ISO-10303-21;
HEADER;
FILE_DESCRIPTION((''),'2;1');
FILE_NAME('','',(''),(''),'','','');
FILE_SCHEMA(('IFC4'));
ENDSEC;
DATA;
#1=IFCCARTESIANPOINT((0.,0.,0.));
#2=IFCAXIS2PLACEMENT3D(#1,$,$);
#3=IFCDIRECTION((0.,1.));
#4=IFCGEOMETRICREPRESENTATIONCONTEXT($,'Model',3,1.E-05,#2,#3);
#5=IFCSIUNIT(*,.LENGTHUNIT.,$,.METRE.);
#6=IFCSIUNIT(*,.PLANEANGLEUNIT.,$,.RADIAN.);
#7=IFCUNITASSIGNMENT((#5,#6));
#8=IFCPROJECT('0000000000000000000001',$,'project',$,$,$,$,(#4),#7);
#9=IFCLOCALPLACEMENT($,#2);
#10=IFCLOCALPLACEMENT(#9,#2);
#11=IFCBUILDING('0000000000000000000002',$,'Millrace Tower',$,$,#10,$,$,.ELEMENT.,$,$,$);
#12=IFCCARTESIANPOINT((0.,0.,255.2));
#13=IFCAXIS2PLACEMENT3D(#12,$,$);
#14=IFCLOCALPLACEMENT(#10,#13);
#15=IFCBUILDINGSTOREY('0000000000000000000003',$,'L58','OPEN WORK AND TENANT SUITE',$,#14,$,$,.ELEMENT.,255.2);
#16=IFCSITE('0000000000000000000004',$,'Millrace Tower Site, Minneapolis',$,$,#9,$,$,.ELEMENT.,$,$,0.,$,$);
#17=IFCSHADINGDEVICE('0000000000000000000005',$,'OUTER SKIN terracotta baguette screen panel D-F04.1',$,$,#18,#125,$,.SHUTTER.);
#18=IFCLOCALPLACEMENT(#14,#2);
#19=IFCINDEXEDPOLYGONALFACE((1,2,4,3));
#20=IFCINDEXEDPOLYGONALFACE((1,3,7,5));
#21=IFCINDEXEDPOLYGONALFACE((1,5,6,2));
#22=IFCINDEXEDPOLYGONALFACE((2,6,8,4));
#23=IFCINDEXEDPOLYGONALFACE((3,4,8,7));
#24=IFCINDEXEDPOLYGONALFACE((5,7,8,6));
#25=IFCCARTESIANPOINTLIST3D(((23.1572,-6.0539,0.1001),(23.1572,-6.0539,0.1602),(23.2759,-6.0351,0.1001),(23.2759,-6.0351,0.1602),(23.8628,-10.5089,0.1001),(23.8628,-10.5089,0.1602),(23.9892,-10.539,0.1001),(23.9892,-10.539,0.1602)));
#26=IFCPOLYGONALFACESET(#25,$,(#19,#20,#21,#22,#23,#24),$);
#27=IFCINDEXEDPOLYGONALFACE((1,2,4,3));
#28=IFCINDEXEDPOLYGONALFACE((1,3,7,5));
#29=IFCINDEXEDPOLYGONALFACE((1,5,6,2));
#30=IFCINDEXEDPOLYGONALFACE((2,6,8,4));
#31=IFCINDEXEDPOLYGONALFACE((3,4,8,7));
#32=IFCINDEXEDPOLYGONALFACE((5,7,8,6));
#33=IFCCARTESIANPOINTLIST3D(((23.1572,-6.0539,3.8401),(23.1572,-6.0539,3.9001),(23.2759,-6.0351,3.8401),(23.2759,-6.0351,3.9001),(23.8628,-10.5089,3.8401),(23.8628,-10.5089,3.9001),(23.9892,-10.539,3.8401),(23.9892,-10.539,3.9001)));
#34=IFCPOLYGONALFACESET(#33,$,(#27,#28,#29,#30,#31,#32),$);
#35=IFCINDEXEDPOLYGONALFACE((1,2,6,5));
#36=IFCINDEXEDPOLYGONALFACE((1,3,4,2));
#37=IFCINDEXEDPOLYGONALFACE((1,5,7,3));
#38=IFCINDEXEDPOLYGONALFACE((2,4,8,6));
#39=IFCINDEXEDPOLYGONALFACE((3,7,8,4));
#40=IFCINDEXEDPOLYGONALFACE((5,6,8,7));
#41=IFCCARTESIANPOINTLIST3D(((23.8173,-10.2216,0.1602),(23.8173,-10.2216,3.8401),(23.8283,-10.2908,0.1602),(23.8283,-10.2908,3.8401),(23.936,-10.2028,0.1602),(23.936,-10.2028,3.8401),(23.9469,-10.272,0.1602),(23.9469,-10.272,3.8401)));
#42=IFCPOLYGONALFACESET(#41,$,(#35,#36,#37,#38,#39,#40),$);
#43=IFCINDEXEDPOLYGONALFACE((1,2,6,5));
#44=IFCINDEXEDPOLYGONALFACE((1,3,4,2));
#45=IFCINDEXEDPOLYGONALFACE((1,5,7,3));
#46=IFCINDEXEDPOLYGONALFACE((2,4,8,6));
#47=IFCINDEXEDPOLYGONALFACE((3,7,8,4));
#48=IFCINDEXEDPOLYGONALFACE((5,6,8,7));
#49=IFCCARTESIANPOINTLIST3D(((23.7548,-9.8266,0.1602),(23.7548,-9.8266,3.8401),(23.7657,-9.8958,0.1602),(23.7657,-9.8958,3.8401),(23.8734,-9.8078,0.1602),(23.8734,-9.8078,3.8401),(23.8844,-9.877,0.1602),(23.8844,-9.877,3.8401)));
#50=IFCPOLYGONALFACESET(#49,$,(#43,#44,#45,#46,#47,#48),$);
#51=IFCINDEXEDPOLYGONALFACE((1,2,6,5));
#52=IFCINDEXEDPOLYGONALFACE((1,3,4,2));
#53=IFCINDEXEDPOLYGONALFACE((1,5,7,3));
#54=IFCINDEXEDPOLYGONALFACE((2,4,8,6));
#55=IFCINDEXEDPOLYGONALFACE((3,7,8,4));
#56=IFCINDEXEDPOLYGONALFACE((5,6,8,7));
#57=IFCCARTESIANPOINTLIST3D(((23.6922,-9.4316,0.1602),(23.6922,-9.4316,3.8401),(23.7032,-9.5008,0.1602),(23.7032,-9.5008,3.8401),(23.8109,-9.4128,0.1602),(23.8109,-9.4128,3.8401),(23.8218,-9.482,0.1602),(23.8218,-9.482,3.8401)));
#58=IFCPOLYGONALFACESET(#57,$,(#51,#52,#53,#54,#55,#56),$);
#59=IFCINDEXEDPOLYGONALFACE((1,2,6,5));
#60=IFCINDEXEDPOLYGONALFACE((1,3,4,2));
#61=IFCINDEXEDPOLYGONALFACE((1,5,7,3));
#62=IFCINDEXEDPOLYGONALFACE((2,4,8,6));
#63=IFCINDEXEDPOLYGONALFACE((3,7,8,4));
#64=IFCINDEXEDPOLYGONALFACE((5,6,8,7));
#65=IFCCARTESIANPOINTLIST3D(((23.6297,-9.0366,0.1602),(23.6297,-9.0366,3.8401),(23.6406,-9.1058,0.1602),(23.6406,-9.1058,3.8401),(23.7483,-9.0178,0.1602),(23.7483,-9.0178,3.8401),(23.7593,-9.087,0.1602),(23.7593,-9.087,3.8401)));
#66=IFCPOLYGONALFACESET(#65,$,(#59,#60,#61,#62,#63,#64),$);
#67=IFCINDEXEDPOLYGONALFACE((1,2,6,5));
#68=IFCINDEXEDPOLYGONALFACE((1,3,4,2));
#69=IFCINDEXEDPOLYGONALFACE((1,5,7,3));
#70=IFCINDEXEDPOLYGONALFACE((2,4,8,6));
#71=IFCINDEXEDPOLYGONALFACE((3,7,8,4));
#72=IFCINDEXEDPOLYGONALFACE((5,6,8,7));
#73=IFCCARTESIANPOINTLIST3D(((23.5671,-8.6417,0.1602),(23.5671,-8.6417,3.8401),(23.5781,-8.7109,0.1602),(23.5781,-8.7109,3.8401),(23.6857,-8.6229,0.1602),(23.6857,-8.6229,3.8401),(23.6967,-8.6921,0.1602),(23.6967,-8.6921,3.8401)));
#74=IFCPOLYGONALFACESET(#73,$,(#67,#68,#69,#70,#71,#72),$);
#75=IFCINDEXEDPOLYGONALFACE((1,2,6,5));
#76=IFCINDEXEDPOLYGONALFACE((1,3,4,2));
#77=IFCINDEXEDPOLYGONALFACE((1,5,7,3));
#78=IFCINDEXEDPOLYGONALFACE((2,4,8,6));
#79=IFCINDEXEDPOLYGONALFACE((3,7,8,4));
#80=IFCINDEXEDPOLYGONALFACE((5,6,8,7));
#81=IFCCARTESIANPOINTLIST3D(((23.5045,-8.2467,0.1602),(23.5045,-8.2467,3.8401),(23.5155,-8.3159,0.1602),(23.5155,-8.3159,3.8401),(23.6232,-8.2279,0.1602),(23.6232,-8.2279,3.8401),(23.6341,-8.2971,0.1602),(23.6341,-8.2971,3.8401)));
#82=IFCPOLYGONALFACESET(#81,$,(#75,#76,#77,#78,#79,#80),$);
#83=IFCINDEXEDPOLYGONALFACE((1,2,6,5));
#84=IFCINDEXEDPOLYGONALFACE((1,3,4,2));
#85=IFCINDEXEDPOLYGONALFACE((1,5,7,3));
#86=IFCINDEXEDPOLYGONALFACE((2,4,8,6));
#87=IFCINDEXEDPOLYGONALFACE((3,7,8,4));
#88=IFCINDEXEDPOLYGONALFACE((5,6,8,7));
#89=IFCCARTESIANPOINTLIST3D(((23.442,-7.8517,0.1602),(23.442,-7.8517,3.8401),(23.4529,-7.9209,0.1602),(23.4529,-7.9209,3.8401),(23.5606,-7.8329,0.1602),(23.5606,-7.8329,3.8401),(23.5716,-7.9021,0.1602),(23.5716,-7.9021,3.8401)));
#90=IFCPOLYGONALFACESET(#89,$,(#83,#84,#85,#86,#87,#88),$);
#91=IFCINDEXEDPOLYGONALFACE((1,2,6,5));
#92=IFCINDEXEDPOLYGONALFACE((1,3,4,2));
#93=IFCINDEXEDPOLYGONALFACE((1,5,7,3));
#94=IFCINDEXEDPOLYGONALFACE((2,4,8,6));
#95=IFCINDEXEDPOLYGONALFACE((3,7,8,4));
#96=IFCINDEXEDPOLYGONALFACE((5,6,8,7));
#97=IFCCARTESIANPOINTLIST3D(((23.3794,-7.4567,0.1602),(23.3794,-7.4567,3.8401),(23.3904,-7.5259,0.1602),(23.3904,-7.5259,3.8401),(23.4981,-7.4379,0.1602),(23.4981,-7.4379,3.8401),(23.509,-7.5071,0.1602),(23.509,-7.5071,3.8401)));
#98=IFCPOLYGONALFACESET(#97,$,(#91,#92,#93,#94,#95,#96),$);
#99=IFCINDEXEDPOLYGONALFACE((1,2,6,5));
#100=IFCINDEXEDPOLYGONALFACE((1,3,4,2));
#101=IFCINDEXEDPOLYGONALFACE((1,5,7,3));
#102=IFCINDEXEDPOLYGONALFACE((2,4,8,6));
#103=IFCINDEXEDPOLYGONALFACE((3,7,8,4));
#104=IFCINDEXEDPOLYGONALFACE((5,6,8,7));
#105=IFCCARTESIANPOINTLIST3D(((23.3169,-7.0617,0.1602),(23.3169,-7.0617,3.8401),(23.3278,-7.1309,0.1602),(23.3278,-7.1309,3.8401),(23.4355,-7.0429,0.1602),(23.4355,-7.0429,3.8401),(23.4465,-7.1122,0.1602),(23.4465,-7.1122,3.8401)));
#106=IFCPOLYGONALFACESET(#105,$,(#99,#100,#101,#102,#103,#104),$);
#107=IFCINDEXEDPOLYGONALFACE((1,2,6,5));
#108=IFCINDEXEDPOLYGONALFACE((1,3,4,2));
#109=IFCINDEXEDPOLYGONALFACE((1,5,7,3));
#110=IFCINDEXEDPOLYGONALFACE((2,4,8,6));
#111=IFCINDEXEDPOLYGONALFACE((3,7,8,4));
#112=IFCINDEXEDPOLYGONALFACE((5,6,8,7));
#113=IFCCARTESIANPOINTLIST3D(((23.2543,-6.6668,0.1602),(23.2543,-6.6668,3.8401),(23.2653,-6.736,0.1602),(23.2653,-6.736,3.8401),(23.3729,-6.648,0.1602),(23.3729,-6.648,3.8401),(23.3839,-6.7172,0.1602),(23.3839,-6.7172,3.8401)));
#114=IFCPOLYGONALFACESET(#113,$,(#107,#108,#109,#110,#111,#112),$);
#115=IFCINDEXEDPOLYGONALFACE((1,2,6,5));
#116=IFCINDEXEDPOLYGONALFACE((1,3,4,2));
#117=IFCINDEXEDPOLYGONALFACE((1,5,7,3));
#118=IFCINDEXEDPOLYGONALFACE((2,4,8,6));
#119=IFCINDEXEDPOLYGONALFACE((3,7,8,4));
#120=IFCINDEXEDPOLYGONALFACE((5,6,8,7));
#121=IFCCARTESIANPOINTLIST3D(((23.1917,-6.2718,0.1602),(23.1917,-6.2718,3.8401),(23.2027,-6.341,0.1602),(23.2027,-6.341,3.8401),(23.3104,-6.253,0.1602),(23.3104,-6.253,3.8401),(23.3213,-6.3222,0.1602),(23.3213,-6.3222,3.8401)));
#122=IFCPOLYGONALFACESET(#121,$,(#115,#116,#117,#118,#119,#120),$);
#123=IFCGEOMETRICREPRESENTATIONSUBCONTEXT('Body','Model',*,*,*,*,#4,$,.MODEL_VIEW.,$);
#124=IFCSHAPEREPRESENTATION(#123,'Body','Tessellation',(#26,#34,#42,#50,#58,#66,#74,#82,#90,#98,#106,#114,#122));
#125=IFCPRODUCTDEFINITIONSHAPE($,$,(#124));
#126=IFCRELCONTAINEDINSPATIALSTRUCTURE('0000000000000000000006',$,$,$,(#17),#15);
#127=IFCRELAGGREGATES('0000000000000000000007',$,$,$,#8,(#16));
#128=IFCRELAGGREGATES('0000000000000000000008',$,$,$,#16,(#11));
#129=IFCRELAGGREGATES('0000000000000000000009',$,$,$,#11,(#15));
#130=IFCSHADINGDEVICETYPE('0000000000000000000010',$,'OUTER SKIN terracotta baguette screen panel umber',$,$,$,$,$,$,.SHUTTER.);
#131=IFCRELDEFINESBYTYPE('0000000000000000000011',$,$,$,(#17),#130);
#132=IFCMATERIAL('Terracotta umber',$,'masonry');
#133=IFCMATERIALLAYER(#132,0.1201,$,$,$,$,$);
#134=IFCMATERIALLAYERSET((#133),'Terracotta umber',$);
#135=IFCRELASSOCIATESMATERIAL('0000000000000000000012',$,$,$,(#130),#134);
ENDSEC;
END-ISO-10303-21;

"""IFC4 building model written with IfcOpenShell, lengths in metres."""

from ifc_helpers import new_model, entity, si_unit, direction, frame, frame_2d, origin, place, context, subcontext, project, spatial, rectangle, extrude, source, transform, mapped, material, layer, layer_set, type_object, element, save


model = new_model("IFC4")

# Units and contexts
model_context = context("Model", 3, precision=1e-05, world=origin(), true_north=direction((0.0, 1.0)))
body_context = subcontext(model_context, "Body", "Model", "MODEL_VIEW")
ifc_project = project(units=[si_unit("LENGTHUNIT", "METRE"), si_unit("PLANEANGLEUNIT", "RADIAN")], contexts=[model_context])

# Site, building, storey
site_placement = place(None, origin())
site = spatial("IfcSite", under=ifc_project, at=site_placement, Name="Millrace Tower Site, Minneapolis", CompositionType="ELEMENT", RefElevation=0.0)
building_placement = place(site_placement, origin())
building = spatial("IfcBuilding", under=site, at=building_placement, Name="Millrace Tower", CompositionType="ELEMENT")
storey_placement = place(building_placement, frame((0.0, 0.0, 255.2)))
storey = spatial("IfcBuildingStorey", under=building, at=storey_placement, Name="L58", Description="OPEN WORK AND TENANT SUITE", CompositionType="ELEMENT", Elevation=255.2)

# Shading device
ifc_material_1 = material(Name="Terracotta umber", Category="masonry")
ifc_layer_1 = layer(ifc_material_1, 0.1201)
ifc_layer_set_1 = layer_set([ifc_layer_1], Name="Terracotta umber")
shading_device_type = type_object("IfcShadingDeviceType", Name="OUTER SKIN terracotta baguette screen panel umber", PredefinedType="SHUTTER", material=ifc_layer_set_1)
cartesian_point_1 = entity("IfcCartesianPoint", [-2.2429, 0.0601])
shared_polyline_1 = entity("IfcPolyline", [cartesian_point_1, entity("IfcCartesianPoint", [2.2676, 0.0601]), entity("IfcCartesianPoint", [2.2676, -0.0601]), entity("IfcCartesianPoint", [-2.2925, -0.0601]), cartesian_point_1])
shared_shape_1 = source(origin(), body_context, "Body", "SweptSolid", [
    entity("IfcExtrudedAreaSolid", entity("IfcArbitraryClosedProfileDef", "AREA", None, shared_polyline_1), entity("IfcAxis2Placement3D", entity("IfcCartesianPoint", [0.0, 0.0, 0.0])), entity("IfcDirection", [0.0, 0.0, 1.0]), 0.0601),
    entity("IfcExtrudedAreaSolid", entity("IfcArbitraryClosedProfileDef", "AREA", None, shared_polyline_1), entity("IfcAxis2Placement3D", entity("IfcCartesianPoint", [0.0, 0.0, 3.74])), entity("IfcDirection", [0.0, 0.0, 1.0]), 0.0601),
    extrude(rectangle(XDim=0.0701, YDim=0.1201, at=frame_2d((-1.9871, 0.0))), frame((0.0, 0.0, 0.0601)), (0.0, 0.0, 1.0), 3.6799),
    extrude(rectangle(XDim=0.0701, YDim=0.1201, at=frame_2d((-1.5872, 0.0))), frame((0.0, 0.0, 0.0601)), (0.0, 0.0, 1.0), 3.6799),
    extrude(rectangle(XDim=0.0701, YDim=0.1201, at=frame_2d((-1.1873, 0.0))), frame((0.0, 0.0, 0.0601)), (0.0, 0.0, 1.0), 3.6799),
    extrude(rectangle(XDim=0.0701, YDim=0.1201, at=frame_2d((-0.7874, 0.0))), frame((0.0, 0.0, 0.0601)), (0.0, 0.0, 1.0), 3.6799),
    extrude(rectangle(XDim=0.0701, YDim=0.1201, at=frame_2d((-0.3875, 0.0))), frame((0.0, 0.0, 0.0601)), (0.0, 0.0, 1.0), 3.6799),
    extrude(rectangle(XDim=0.0701, YDim=0.1201, at=frame_2d((0.0125, 0.0))), frame((0.0, 0.0, 0.0601)), (0.0, 0.0, 1.0), 3.6799),
    extrude(rectangle(XDim=0.0701, YDim=0.1201, at=frame_2d((0.4124, 0.0))), frame((0.0, 0.0, 0.0601)), (0.0, 0.0, 1.0), 3.6799),
    extrude(rectangle(XDim=0.0701, YDim=0.1201, at=frame_2d((0.8123, 0.0))), frame((0.0, 0.0, 0.0601)), (0.0, 0.0, 1.0), 3.6799),
    extrude(rectangle(XDim=0.0701, YDim=0.1201, at=frame_2d((1.2122, 0.0))), frame((0.0, 0.0, 0.0601)), (0.0, 0.0, 1.0), 3.6799),
    extrude(rectangle(XDim=0.0701, YDim=0.1201, at=frame_2d((1.6121, 0.0))), frame((0.0, 0.0, 0.0601)), (0.0, 0.0, 1.0), 3.6799),
    extrude(rectangle(XDim=0.0701, YDim=0.1201, at=frame_2d((2.012, 0.0))), frame((0.0, 0.0, 0.0601)), (0.0, 0.0, 1.0), 3.6799),
])
shading_device_1_placement = place(storey_placement, frame((23.5713, -8.2842, 0.1001), z_axis=(0.0, 0.0, 1.0), x_axis=(-0.156434, 0.987688, 0.0)))
element("IfcShadingDevice", 1, at=shading_device_1_placement, inside=storey, type_object=shading_device_type, Name="OUTER SKIN terracotta baguette screen panel D-F04.1", PredefinedType="SHUTTER", context=body_context, shape_type="MappedRepresentation", body=[
    mapped(shared_shape_1, transform((0.0, 0.0, 0.0), scale=1.0)),
])

save(model, "model.ifc")
